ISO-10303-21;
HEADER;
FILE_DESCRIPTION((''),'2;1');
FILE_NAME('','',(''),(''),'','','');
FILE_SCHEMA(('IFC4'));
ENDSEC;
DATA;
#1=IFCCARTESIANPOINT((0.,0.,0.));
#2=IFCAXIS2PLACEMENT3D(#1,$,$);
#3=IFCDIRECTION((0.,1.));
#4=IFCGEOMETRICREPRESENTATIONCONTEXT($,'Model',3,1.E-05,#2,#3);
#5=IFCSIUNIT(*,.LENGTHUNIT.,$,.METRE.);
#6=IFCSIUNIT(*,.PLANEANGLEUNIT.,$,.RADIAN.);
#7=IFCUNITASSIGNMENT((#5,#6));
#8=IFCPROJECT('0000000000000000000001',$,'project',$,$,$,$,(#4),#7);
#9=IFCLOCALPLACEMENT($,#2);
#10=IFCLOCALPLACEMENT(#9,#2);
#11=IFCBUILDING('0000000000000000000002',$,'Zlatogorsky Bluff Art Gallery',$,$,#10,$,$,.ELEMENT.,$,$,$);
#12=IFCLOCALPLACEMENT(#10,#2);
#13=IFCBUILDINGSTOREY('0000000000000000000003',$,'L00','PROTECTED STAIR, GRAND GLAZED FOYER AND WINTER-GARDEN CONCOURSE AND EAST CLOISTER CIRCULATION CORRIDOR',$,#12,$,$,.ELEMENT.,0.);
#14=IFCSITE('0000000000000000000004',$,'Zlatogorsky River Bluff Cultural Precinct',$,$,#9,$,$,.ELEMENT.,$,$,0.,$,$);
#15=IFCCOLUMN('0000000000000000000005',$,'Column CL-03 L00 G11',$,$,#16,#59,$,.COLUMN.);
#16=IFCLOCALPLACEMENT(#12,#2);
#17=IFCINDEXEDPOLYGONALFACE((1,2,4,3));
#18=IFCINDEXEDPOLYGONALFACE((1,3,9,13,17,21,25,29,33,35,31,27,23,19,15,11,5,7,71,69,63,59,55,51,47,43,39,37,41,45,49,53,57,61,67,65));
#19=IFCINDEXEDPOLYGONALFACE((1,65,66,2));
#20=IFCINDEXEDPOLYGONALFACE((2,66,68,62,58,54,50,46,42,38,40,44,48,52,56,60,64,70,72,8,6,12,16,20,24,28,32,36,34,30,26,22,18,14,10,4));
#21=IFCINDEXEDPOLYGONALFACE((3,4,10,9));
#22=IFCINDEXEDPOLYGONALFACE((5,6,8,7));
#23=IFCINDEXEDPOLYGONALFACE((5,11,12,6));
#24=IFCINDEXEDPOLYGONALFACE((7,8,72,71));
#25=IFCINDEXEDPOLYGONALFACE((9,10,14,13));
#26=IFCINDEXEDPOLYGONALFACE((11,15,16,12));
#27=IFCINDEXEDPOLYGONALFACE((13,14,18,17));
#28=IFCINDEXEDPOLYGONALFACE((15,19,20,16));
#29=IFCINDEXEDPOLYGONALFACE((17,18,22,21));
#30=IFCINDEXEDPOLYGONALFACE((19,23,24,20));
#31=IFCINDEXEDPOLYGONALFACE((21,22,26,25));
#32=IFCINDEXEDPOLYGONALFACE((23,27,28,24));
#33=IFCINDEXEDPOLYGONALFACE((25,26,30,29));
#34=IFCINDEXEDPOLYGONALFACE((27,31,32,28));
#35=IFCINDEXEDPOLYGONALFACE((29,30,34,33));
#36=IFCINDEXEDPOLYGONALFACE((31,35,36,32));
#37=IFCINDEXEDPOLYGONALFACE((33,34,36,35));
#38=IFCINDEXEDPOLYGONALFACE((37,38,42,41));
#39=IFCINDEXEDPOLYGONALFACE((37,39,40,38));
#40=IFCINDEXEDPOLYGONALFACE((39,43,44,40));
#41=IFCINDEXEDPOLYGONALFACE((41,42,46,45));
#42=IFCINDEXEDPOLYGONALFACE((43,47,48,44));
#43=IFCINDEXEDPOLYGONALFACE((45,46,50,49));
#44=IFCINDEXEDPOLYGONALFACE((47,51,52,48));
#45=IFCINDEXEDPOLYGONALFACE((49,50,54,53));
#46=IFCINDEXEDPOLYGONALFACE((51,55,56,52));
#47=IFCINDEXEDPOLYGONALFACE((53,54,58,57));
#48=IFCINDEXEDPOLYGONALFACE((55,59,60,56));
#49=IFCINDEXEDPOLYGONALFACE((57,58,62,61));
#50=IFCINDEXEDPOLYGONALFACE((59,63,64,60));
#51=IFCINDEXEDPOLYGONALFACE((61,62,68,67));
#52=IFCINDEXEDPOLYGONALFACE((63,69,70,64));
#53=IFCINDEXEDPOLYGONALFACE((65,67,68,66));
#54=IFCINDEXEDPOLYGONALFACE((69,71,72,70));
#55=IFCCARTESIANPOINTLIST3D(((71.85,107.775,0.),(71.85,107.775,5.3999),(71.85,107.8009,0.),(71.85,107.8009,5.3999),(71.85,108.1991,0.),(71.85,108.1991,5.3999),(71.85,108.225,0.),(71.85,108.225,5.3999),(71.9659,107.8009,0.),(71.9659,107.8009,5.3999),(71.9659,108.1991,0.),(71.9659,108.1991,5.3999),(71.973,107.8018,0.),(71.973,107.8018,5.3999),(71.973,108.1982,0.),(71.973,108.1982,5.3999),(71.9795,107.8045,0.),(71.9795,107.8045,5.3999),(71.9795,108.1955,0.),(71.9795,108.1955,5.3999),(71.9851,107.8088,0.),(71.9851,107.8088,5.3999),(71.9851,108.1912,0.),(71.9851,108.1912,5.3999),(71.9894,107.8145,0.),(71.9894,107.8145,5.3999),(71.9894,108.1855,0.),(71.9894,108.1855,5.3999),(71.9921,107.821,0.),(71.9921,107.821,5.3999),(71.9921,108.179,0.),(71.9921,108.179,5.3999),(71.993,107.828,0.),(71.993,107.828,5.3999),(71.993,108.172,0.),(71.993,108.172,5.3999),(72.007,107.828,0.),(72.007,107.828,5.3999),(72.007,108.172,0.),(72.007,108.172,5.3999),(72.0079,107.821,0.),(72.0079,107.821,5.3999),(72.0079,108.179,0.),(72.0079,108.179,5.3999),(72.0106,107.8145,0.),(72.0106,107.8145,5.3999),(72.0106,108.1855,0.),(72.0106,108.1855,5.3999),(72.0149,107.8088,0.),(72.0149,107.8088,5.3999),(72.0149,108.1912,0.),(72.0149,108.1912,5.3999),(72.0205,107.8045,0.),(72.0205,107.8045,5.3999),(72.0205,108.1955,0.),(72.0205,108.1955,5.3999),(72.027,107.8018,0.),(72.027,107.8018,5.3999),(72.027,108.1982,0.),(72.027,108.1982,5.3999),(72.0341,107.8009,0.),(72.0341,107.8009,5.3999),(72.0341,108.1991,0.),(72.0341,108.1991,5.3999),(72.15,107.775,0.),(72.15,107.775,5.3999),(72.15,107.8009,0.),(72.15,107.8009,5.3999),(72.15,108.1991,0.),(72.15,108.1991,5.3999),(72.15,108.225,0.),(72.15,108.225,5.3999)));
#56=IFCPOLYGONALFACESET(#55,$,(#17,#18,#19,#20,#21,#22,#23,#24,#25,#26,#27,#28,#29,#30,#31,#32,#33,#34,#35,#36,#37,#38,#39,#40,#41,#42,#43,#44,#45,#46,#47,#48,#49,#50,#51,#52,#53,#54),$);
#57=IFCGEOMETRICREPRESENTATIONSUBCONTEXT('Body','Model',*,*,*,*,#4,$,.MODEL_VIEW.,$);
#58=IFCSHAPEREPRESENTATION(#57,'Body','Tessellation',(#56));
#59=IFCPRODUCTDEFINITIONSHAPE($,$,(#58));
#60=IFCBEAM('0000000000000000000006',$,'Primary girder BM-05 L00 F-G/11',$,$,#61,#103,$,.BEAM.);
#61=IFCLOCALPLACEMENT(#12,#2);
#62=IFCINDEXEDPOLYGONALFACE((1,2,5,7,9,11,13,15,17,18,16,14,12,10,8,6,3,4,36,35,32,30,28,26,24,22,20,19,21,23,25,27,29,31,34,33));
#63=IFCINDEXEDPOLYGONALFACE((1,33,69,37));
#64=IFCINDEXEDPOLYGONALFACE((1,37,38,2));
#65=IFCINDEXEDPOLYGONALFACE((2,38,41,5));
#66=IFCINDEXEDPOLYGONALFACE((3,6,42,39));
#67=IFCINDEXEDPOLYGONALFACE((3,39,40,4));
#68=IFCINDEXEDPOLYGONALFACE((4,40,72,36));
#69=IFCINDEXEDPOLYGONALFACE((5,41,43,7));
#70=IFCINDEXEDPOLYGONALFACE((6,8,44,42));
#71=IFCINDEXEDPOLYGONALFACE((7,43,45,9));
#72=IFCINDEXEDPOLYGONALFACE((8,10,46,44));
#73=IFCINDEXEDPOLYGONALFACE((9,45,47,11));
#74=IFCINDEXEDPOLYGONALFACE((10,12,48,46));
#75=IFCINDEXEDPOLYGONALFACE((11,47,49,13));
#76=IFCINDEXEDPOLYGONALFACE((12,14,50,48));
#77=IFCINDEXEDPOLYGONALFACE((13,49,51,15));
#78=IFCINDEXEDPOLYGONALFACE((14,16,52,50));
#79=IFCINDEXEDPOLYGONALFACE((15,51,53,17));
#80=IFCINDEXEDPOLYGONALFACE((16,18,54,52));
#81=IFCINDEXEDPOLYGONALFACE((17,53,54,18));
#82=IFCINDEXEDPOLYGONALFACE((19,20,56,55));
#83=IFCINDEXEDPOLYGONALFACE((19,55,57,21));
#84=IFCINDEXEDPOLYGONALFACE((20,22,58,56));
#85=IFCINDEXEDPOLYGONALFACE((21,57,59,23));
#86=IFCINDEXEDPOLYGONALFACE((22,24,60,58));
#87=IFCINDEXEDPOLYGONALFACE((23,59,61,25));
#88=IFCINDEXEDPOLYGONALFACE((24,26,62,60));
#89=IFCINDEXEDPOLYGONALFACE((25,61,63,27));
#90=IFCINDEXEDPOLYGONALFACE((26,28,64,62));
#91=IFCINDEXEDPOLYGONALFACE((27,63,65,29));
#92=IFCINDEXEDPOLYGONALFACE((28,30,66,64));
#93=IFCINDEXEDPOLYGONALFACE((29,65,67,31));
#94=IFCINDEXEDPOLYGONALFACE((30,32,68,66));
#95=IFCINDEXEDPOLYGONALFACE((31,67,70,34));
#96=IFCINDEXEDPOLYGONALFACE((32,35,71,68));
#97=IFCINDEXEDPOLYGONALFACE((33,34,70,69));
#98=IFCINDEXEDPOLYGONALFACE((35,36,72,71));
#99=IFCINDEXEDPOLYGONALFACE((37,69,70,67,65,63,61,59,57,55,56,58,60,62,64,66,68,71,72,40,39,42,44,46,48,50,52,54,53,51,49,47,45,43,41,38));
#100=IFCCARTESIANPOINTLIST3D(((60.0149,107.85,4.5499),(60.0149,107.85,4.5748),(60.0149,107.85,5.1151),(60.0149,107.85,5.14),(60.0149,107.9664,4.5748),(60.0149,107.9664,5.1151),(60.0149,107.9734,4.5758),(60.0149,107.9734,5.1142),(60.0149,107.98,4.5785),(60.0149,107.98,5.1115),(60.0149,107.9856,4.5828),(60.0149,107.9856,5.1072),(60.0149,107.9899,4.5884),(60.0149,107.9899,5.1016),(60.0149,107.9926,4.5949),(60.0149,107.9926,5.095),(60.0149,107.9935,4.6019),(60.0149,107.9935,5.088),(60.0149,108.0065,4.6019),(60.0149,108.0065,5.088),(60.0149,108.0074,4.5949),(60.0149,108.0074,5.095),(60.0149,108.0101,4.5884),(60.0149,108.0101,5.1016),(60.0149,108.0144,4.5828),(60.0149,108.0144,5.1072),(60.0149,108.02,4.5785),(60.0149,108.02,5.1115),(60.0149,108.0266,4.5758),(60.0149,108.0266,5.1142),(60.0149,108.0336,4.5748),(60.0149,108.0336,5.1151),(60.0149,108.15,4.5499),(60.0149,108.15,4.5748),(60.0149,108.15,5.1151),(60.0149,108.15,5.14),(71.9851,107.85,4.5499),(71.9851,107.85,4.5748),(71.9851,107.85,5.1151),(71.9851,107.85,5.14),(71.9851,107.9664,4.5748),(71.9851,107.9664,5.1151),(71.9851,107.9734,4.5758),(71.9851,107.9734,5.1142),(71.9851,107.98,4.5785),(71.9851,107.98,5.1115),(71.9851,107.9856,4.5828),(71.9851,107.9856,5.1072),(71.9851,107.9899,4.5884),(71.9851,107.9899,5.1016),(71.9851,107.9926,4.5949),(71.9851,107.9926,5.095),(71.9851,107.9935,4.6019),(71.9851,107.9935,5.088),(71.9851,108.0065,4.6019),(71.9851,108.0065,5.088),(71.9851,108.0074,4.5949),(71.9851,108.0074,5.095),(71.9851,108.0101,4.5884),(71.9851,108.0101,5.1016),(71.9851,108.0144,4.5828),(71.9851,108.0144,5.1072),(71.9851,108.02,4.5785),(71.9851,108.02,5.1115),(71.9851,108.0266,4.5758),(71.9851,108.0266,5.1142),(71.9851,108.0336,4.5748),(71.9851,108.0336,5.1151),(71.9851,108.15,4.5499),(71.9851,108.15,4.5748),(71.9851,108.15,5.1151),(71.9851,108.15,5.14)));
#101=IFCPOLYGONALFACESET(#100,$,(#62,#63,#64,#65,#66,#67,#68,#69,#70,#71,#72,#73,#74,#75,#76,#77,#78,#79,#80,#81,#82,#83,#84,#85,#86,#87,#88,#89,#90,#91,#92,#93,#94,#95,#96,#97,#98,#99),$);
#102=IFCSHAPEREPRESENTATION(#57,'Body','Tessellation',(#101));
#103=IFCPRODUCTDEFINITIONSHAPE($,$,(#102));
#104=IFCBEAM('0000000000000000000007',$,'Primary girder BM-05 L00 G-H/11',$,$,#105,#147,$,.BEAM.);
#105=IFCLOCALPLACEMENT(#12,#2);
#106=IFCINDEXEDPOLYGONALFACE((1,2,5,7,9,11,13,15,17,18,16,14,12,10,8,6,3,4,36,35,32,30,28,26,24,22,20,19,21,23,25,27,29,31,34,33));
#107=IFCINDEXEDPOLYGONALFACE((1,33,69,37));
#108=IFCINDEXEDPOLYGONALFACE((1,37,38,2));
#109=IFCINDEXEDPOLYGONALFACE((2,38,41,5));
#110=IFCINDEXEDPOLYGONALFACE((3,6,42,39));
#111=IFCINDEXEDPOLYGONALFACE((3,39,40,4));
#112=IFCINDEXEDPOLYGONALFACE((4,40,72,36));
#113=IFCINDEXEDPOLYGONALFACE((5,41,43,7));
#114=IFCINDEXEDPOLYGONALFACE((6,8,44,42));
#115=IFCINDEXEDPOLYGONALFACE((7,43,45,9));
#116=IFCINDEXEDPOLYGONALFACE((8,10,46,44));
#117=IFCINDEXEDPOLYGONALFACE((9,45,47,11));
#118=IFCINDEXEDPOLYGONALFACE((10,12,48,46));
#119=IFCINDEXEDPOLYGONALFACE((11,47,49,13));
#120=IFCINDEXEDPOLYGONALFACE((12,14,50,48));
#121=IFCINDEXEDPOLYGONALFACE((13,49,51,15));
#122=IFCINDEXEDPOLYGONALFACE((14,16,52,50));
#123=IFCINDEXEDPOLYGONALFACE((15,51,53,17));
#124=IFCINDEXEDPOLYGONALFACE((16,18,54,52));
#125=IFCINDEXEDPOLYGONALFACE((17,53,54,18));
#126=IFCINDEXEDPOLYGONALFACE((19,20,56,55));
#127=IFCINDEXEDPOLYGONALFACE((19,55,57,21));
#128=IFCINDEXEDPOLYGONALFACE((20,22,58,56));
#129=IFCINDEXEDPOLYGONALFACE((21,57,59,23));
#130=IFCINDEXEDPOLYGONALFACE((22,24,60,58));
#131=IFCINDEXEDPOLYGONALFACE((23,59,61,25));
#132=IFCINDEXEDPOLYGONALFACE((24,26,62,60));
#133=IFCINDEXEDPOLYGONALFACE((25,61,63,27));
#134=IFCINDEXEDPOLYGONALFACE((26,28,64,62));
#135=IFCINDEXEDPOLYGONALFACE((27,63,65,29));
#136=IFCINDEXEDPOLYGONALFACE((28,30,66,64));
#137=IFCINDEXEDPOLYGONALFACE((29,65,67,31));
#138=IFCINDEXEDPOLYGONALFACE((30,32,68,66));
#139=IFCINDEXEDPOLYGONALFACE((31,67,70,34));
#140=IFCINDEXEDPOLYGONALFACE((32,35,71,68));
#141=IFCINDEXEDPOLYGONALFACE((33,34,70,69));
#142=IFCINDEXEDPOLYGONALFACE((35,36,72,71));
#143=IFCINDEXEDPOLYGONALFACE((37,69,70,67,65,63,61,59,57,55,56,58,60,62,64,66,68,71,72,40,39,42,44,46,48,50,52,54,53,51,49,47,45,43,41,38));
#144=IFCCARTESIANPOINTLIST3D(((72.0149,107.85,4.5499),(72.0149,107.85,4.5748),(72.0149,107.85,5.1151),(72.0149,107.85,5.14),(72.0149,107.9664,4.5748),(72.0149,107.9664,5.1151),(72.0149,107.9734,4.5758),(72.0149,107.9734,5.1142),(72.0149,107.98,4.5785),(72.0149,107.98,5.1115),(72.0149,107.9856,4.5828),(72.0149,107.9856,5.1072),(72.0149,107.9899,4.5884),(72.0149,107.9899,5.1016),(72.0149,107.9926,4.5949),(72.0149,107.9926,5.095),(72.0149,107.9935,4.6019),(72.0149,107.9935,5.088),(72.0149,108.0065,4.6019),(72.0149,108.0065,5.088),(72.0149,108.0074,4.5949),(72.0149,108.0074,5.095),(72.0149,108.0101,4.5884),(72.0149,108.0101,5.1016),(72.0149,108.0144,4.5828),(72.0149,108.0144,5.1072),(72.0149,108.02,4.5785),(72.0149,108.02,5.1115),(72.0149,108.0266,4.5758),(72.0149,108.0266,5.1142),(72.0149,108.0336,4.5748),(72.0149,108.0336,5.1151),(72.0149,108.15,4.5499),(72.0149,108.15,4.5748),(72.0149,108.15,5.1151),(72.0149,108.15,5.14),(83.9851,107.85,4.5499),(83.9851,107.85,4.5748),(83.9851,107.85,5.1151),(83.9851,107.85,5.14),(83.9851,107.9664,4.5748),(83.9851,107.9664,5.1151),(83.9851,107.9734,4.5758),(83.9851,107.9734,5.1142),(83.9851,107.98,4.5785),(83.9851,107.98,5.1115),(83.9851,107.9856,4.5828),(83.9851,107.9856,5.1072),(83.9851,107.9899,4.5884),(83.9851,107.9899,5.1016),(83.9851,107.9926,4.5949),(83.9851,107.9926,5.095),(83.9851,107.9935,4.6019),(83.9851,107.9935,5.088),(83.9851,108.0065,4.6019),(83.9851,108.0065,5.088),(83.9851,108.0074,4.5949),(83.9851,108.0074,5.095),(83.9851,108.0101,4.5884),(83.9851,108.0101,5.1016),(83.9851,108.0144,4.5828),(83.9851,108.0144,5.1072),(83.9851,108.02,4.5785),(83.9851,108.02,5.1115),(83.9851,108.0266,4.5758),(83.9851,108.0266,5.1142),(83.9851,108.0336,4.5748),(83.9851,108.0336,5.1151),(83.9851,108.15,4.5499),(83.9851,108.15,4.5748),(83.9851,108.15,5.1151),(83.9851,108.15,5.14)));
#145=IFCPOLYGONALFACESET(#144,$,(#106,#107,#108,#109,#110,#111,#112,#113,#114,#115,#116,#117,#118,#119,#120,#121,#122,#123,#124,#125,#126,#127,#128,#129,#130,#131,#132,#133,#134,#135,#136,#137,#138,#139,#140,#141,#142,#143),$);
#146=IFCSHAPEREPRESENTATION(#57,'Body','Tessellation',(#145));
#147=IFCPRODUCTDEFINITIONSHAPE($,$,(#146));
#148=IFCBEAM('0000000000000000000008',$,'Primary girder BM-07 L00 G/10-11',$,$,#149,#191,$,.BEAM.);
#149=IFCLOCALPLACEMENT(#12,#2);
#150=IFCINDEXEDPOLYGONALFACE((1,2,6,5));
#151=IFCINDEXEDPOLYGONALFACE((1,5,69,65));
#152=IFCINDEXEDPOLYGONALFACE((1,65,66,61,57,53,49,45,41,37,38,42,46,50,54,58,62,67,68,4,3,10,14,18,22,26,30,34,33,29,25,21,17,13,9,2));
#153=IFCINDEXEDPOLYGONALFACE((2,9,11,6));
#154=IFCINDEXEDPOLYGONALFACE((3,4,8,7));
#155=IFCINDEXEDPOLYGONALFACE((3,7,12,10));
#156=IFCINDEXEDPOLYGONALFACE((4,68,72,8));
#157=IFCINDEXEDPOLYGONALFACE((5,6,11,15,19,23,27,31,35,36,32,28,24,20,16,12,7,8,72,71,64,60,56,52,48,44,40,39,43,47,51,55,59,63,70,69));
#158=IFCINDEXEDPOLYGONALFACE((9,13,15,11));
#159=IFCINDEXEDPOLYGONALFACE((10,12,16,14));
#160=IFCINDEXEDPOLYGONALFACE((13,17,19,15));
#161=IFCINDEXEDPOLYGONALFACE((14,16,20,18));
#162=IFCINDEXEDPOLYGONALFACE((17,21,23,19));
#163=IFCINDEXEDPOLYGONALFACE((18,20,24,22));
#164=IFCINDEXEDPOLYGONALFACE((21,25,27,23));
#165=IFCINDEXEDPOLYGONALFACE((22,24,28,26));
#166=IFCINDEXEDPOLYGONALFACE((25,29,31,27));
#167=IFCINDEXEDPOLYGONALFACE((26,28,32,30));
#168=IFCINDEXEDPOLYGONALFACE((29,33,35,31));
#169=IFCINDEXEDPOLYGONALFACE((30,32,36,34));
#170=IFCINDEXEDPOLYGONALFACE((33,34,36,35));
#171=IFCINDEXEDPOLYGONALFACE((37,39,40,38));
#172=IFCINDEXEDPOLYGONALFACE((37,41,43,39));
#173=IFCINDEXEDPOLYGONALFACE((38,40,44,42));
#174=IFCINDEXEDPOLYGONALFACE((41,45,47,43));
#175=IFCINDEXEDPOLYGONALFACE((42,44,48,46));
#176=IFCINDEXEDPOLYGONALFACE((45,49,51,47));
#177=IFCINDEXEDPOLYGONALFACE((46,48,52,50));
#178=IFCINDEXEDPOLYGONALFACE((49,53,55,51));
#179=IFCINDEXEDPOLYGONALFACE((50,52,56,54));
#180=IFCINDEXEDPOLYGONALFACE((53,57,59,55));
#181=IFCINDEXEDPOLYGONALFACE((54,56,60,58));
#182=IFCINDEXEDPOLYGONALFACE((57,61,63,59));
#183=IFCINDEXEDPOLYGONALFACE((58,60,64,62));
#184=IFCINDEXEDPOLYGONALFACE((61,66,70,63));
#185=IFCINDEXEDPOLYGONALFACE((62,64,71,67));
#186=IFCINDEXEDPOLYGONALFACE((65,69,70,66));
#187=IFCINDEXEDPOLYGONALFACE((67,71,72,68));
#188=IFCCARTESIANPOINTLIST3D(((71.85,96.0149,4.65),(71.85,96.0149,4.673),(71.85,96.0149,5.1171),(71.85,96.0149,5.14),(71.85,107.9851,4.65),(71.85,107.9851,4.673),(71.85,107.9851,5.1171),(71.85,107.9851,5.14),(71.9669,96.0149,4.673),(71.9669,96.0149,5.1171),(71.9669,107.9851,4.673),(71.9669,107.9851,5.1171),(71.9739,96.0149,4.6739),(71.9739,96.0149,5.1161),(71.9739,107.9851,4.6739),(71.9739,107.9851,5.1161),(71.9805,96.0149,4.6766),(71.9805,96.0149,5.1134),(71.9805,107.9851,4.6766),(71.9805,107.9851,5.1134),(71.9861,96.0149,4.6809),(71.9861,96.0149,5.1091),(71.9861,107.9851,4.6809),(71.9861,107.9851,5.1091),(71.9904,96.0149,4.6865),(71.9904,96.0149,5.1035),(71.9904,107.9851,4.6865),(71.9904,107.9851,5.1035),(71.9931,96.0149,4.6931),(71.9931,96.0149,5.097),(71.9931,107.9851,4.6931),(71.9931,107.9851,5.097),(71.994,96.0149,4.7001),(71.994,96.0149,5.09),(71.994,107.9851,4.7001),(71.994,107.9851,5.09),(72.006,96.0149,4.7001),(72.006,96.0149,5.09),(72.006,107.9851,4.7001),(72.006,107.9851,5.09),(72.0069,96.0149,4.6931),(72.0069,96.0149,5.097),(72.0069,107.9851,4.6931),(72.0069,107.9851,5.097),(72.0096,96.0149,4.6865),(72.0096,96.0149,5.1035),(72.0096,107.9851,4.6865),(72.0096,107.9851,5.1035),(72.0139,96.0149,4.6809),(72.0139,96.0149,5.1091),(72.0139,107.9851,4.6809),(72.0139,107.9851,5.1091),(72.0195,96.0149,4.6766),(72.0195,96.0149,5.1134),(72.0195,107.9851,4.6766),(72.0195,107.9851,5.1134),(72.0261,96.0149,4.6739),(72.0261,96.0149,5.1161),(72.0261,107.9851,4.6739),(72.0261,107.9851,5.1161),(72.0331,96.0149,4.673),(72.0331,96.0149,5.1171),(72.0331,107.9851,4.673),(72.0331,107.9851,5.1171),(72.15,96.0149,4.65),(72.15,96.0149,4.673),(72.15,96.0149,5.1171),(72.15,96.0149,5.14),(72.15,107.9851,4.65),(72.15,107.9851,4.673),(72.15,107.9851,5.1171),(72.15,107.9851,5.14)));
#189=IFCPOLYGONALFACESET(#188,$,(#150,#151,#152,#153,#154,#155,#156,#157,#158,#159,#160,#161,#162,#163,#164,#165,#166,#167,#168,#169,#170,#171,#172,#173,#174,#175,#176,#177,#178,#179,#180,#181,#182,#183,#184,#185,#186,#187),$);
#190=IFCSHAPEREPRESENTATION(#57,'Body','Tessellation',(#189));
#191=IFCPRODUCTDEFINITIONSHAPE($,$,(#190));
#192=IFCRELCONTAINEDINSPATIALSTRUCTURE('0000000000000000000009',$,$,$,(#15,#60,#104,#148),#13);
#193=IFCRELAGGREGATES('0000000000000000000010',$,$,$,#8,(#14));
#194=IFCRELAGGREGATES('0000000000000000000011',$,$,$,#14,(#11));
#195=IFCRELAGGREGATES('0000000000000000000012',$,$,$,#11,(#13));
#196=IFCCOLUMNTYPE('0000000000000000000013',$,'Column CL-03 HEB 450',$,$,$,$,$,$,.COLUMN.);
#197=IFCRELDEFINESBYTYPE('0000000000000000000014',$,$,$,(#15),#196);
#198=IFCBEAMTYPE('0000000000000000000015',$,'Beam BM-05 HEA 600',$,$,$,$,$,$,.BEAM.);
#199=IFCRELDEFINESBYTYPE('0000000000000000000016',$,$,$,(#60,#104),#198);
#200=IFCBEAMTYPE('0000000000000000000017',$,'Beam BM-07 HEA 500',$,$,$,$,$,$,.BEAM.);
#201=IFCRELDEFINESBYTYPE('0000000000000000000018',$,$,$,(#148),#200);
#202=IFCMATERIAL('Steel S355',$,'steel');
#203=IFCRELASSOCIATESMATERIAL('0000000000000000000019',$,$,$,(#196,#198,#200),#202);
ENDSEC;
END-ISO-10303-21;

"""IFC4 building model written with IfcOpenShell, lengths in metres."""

from ifc_helpers import new_model, si_unit, direction, frame, origin, origin_2d, place, context, subcontext, project, spatial, i_section, extrude, material, material_profile, profile_set, type_object, element, save


model = new_model("IFC4")

# Units and contexts
model_context = context("Model", 3, precision=1e-05, world=origin(), true_north=direction((0.0, 1.0)))
body_context = subcontext(model_context, "Body", "Model", "MODEL_VIEW")
ifc_project = project(units=[si_unit("LENGTHUNIT", "METRE"), si_unit("PLANEANGLEUNIT", "RADIAN")], contexts=[model_context])

# Site, building, storey
site_placement = place(None, origin())
site = spatial("IfcSite", under=ifc_project, at=site_placement, Name="Zlatogorsky River Bluff Cultural Precinct", CompositionType="ELEMENT", RefElevation=0.0)
building_placement = place(site_placement, origin())
building = spatial("IfcBuilding", under=site, at=building_placement, Name="Zlatogorsky Bluff Art Gallery", CompositionType="ELEMENT")
storey_placement = place(building_placement, origin())
storey = spatial("IfcBuildingStorey", under=building, at=storey_placement, Name="L00", Description="PROTECTED STAIR, GRAND GLAZED FOYER AND WINTER-GARDEN CONCOURSE AND EAST CLOISTER CIRCULATION CORRIDOR", CompositionType="ELEMENT", Elevation=0.0)

# Column
ifc_material_1 = material(Name="Steel S355", Category="steel")
ifc_material_profile_1 = material_profile(ifc_material_1, i_section(OverallWidth=0.3, OverallDepth=0.45, WebThickness=0.0139, FlangeThickness=0.0259, FilletRadius=0.0271, at=origin_2d()), Name="HEB 450")
ifc_profile_set_1 = profile_set([ifc_material_profile_1], Name="Steel S355")
column_type = type_object("IfcColumnType", Name="Column CL-03 HEB 450", PredefinedType="COLUMN", material=ifc_profile_set_1)
column_placement = place(storey_placement, frame((72.0, 108.0, 0.0), z_axis=(0.0, 0.0, 1.0), x_axis=(1.0, 0.0, 0.0)))
element("IfcColumn", 1, at=column_placement, inside=storey, type_object=column_type, Name="Column CL-03 L00 G11", PredefinedType="COLUMN", context=body_context, shape_type="SweptSolid", body=[
    extrude(i_section(OverallWidth=0.3, OverallDepth=0.45, WebThickness=0.0139, FlangeThickness=0.0259, FilletRadius=0.0271, at=origin_2d()), origin(), (0.0, 0.0, 1.0), 5.3999),
])

# Beams
ifc_material_profile_2 = material_profile(ifc_material_1, i_section(OverallWidth=0.3, OverallDepth=0.5901, WebThickness=0.0129, FlangeThickness=0.0249, FilletRadius=0.0271, at=origin_2d()), Name="HEA 600")
ifc_profile_set_2 = profile_set([ifc_material_profile_2], Name="Steel S355")
beam_type_1 = type_object("IfcBeamType", Name="Beam BM-05 HEA 600", PredefinedType="BEAM", material=ifc_profile_set_2)
for number, where, z_axis, x_axis, name in (
    (2, (60.0149, 108.0, 4.845), (1.0, 0.0, 0.0), (0.0, 1.0, 0.0), "Primary girder BM-05 L00 F-G/11"),
    (3, (72.0149, 108.0, 4.845), (1.0, 0.0, 0.0), (0.0, 1.0, 0.0), "Primary girder BM-05 L00 G-H/11"),
):
    element("IfcBeam", number, at=place(storey_placement, frame(where, z_axis=z_axis, x_axis=x_axis)), inside=storey, type_object=beam_type_1, Name=name, PredefinedType="BEAM", context=body_context, shape_type="SweptSolid", body=[
        extrude(i_section(OverallWidth=0.3, OverallDepth=0.5901, WebThickness=0.0129, FlangeThickness=0.0249, FilletRadius=0.0271, at=origin_2d()), origin(), (0.0, 0.0, 1.0), 11.9702),
    ])
ifc_material_profile_3 = material_profile(ifc_material_1, i_section(OverallWidth=0.3, OverallDepth=0.49, WebThickness=0.012, FlangeThickness=0.0229, FilletRadius=0.0271, at=origin_2d()), Name="HEA 500")
ifc_profile_set_3 = profile_set([ifc_material_profile_3], Name="Steel S355")
beam_type_2 = type_object("IfcBeamType", Name="Beam BM-07 HEA 500", PredefinedType="BEAM", material=ifc_profile_set_3)
for number, where, z_axis, x_axis, name in (
    (4, (72.0, 96.0149, 4.895), (0.0, 1.0, 0.0), (-1.0, 0.0, 0.0), "Primary girder BM-07 L00 G/10-11"),
):
    element("IfcBeam", number, at=place(storey_placement, frame(where, z_axis=z_axis, x_axis=x_axis)), inside=storey, type_object=beam_type_2, Name=name, PredefinedType="BEAM", context=body_context, shape_type="SweptSolid", body=[
        extrude(i_section(OverallWidth=0.3, OverallDepth=0.49, WebThickness=0.012, FlangeThickness=0.0229, FilletRadius=0.0271, at=origin_2d()), origin(), (0.0, 0.0, 1.0), 11.9702),
    ])

save(model, "model.ifc")
